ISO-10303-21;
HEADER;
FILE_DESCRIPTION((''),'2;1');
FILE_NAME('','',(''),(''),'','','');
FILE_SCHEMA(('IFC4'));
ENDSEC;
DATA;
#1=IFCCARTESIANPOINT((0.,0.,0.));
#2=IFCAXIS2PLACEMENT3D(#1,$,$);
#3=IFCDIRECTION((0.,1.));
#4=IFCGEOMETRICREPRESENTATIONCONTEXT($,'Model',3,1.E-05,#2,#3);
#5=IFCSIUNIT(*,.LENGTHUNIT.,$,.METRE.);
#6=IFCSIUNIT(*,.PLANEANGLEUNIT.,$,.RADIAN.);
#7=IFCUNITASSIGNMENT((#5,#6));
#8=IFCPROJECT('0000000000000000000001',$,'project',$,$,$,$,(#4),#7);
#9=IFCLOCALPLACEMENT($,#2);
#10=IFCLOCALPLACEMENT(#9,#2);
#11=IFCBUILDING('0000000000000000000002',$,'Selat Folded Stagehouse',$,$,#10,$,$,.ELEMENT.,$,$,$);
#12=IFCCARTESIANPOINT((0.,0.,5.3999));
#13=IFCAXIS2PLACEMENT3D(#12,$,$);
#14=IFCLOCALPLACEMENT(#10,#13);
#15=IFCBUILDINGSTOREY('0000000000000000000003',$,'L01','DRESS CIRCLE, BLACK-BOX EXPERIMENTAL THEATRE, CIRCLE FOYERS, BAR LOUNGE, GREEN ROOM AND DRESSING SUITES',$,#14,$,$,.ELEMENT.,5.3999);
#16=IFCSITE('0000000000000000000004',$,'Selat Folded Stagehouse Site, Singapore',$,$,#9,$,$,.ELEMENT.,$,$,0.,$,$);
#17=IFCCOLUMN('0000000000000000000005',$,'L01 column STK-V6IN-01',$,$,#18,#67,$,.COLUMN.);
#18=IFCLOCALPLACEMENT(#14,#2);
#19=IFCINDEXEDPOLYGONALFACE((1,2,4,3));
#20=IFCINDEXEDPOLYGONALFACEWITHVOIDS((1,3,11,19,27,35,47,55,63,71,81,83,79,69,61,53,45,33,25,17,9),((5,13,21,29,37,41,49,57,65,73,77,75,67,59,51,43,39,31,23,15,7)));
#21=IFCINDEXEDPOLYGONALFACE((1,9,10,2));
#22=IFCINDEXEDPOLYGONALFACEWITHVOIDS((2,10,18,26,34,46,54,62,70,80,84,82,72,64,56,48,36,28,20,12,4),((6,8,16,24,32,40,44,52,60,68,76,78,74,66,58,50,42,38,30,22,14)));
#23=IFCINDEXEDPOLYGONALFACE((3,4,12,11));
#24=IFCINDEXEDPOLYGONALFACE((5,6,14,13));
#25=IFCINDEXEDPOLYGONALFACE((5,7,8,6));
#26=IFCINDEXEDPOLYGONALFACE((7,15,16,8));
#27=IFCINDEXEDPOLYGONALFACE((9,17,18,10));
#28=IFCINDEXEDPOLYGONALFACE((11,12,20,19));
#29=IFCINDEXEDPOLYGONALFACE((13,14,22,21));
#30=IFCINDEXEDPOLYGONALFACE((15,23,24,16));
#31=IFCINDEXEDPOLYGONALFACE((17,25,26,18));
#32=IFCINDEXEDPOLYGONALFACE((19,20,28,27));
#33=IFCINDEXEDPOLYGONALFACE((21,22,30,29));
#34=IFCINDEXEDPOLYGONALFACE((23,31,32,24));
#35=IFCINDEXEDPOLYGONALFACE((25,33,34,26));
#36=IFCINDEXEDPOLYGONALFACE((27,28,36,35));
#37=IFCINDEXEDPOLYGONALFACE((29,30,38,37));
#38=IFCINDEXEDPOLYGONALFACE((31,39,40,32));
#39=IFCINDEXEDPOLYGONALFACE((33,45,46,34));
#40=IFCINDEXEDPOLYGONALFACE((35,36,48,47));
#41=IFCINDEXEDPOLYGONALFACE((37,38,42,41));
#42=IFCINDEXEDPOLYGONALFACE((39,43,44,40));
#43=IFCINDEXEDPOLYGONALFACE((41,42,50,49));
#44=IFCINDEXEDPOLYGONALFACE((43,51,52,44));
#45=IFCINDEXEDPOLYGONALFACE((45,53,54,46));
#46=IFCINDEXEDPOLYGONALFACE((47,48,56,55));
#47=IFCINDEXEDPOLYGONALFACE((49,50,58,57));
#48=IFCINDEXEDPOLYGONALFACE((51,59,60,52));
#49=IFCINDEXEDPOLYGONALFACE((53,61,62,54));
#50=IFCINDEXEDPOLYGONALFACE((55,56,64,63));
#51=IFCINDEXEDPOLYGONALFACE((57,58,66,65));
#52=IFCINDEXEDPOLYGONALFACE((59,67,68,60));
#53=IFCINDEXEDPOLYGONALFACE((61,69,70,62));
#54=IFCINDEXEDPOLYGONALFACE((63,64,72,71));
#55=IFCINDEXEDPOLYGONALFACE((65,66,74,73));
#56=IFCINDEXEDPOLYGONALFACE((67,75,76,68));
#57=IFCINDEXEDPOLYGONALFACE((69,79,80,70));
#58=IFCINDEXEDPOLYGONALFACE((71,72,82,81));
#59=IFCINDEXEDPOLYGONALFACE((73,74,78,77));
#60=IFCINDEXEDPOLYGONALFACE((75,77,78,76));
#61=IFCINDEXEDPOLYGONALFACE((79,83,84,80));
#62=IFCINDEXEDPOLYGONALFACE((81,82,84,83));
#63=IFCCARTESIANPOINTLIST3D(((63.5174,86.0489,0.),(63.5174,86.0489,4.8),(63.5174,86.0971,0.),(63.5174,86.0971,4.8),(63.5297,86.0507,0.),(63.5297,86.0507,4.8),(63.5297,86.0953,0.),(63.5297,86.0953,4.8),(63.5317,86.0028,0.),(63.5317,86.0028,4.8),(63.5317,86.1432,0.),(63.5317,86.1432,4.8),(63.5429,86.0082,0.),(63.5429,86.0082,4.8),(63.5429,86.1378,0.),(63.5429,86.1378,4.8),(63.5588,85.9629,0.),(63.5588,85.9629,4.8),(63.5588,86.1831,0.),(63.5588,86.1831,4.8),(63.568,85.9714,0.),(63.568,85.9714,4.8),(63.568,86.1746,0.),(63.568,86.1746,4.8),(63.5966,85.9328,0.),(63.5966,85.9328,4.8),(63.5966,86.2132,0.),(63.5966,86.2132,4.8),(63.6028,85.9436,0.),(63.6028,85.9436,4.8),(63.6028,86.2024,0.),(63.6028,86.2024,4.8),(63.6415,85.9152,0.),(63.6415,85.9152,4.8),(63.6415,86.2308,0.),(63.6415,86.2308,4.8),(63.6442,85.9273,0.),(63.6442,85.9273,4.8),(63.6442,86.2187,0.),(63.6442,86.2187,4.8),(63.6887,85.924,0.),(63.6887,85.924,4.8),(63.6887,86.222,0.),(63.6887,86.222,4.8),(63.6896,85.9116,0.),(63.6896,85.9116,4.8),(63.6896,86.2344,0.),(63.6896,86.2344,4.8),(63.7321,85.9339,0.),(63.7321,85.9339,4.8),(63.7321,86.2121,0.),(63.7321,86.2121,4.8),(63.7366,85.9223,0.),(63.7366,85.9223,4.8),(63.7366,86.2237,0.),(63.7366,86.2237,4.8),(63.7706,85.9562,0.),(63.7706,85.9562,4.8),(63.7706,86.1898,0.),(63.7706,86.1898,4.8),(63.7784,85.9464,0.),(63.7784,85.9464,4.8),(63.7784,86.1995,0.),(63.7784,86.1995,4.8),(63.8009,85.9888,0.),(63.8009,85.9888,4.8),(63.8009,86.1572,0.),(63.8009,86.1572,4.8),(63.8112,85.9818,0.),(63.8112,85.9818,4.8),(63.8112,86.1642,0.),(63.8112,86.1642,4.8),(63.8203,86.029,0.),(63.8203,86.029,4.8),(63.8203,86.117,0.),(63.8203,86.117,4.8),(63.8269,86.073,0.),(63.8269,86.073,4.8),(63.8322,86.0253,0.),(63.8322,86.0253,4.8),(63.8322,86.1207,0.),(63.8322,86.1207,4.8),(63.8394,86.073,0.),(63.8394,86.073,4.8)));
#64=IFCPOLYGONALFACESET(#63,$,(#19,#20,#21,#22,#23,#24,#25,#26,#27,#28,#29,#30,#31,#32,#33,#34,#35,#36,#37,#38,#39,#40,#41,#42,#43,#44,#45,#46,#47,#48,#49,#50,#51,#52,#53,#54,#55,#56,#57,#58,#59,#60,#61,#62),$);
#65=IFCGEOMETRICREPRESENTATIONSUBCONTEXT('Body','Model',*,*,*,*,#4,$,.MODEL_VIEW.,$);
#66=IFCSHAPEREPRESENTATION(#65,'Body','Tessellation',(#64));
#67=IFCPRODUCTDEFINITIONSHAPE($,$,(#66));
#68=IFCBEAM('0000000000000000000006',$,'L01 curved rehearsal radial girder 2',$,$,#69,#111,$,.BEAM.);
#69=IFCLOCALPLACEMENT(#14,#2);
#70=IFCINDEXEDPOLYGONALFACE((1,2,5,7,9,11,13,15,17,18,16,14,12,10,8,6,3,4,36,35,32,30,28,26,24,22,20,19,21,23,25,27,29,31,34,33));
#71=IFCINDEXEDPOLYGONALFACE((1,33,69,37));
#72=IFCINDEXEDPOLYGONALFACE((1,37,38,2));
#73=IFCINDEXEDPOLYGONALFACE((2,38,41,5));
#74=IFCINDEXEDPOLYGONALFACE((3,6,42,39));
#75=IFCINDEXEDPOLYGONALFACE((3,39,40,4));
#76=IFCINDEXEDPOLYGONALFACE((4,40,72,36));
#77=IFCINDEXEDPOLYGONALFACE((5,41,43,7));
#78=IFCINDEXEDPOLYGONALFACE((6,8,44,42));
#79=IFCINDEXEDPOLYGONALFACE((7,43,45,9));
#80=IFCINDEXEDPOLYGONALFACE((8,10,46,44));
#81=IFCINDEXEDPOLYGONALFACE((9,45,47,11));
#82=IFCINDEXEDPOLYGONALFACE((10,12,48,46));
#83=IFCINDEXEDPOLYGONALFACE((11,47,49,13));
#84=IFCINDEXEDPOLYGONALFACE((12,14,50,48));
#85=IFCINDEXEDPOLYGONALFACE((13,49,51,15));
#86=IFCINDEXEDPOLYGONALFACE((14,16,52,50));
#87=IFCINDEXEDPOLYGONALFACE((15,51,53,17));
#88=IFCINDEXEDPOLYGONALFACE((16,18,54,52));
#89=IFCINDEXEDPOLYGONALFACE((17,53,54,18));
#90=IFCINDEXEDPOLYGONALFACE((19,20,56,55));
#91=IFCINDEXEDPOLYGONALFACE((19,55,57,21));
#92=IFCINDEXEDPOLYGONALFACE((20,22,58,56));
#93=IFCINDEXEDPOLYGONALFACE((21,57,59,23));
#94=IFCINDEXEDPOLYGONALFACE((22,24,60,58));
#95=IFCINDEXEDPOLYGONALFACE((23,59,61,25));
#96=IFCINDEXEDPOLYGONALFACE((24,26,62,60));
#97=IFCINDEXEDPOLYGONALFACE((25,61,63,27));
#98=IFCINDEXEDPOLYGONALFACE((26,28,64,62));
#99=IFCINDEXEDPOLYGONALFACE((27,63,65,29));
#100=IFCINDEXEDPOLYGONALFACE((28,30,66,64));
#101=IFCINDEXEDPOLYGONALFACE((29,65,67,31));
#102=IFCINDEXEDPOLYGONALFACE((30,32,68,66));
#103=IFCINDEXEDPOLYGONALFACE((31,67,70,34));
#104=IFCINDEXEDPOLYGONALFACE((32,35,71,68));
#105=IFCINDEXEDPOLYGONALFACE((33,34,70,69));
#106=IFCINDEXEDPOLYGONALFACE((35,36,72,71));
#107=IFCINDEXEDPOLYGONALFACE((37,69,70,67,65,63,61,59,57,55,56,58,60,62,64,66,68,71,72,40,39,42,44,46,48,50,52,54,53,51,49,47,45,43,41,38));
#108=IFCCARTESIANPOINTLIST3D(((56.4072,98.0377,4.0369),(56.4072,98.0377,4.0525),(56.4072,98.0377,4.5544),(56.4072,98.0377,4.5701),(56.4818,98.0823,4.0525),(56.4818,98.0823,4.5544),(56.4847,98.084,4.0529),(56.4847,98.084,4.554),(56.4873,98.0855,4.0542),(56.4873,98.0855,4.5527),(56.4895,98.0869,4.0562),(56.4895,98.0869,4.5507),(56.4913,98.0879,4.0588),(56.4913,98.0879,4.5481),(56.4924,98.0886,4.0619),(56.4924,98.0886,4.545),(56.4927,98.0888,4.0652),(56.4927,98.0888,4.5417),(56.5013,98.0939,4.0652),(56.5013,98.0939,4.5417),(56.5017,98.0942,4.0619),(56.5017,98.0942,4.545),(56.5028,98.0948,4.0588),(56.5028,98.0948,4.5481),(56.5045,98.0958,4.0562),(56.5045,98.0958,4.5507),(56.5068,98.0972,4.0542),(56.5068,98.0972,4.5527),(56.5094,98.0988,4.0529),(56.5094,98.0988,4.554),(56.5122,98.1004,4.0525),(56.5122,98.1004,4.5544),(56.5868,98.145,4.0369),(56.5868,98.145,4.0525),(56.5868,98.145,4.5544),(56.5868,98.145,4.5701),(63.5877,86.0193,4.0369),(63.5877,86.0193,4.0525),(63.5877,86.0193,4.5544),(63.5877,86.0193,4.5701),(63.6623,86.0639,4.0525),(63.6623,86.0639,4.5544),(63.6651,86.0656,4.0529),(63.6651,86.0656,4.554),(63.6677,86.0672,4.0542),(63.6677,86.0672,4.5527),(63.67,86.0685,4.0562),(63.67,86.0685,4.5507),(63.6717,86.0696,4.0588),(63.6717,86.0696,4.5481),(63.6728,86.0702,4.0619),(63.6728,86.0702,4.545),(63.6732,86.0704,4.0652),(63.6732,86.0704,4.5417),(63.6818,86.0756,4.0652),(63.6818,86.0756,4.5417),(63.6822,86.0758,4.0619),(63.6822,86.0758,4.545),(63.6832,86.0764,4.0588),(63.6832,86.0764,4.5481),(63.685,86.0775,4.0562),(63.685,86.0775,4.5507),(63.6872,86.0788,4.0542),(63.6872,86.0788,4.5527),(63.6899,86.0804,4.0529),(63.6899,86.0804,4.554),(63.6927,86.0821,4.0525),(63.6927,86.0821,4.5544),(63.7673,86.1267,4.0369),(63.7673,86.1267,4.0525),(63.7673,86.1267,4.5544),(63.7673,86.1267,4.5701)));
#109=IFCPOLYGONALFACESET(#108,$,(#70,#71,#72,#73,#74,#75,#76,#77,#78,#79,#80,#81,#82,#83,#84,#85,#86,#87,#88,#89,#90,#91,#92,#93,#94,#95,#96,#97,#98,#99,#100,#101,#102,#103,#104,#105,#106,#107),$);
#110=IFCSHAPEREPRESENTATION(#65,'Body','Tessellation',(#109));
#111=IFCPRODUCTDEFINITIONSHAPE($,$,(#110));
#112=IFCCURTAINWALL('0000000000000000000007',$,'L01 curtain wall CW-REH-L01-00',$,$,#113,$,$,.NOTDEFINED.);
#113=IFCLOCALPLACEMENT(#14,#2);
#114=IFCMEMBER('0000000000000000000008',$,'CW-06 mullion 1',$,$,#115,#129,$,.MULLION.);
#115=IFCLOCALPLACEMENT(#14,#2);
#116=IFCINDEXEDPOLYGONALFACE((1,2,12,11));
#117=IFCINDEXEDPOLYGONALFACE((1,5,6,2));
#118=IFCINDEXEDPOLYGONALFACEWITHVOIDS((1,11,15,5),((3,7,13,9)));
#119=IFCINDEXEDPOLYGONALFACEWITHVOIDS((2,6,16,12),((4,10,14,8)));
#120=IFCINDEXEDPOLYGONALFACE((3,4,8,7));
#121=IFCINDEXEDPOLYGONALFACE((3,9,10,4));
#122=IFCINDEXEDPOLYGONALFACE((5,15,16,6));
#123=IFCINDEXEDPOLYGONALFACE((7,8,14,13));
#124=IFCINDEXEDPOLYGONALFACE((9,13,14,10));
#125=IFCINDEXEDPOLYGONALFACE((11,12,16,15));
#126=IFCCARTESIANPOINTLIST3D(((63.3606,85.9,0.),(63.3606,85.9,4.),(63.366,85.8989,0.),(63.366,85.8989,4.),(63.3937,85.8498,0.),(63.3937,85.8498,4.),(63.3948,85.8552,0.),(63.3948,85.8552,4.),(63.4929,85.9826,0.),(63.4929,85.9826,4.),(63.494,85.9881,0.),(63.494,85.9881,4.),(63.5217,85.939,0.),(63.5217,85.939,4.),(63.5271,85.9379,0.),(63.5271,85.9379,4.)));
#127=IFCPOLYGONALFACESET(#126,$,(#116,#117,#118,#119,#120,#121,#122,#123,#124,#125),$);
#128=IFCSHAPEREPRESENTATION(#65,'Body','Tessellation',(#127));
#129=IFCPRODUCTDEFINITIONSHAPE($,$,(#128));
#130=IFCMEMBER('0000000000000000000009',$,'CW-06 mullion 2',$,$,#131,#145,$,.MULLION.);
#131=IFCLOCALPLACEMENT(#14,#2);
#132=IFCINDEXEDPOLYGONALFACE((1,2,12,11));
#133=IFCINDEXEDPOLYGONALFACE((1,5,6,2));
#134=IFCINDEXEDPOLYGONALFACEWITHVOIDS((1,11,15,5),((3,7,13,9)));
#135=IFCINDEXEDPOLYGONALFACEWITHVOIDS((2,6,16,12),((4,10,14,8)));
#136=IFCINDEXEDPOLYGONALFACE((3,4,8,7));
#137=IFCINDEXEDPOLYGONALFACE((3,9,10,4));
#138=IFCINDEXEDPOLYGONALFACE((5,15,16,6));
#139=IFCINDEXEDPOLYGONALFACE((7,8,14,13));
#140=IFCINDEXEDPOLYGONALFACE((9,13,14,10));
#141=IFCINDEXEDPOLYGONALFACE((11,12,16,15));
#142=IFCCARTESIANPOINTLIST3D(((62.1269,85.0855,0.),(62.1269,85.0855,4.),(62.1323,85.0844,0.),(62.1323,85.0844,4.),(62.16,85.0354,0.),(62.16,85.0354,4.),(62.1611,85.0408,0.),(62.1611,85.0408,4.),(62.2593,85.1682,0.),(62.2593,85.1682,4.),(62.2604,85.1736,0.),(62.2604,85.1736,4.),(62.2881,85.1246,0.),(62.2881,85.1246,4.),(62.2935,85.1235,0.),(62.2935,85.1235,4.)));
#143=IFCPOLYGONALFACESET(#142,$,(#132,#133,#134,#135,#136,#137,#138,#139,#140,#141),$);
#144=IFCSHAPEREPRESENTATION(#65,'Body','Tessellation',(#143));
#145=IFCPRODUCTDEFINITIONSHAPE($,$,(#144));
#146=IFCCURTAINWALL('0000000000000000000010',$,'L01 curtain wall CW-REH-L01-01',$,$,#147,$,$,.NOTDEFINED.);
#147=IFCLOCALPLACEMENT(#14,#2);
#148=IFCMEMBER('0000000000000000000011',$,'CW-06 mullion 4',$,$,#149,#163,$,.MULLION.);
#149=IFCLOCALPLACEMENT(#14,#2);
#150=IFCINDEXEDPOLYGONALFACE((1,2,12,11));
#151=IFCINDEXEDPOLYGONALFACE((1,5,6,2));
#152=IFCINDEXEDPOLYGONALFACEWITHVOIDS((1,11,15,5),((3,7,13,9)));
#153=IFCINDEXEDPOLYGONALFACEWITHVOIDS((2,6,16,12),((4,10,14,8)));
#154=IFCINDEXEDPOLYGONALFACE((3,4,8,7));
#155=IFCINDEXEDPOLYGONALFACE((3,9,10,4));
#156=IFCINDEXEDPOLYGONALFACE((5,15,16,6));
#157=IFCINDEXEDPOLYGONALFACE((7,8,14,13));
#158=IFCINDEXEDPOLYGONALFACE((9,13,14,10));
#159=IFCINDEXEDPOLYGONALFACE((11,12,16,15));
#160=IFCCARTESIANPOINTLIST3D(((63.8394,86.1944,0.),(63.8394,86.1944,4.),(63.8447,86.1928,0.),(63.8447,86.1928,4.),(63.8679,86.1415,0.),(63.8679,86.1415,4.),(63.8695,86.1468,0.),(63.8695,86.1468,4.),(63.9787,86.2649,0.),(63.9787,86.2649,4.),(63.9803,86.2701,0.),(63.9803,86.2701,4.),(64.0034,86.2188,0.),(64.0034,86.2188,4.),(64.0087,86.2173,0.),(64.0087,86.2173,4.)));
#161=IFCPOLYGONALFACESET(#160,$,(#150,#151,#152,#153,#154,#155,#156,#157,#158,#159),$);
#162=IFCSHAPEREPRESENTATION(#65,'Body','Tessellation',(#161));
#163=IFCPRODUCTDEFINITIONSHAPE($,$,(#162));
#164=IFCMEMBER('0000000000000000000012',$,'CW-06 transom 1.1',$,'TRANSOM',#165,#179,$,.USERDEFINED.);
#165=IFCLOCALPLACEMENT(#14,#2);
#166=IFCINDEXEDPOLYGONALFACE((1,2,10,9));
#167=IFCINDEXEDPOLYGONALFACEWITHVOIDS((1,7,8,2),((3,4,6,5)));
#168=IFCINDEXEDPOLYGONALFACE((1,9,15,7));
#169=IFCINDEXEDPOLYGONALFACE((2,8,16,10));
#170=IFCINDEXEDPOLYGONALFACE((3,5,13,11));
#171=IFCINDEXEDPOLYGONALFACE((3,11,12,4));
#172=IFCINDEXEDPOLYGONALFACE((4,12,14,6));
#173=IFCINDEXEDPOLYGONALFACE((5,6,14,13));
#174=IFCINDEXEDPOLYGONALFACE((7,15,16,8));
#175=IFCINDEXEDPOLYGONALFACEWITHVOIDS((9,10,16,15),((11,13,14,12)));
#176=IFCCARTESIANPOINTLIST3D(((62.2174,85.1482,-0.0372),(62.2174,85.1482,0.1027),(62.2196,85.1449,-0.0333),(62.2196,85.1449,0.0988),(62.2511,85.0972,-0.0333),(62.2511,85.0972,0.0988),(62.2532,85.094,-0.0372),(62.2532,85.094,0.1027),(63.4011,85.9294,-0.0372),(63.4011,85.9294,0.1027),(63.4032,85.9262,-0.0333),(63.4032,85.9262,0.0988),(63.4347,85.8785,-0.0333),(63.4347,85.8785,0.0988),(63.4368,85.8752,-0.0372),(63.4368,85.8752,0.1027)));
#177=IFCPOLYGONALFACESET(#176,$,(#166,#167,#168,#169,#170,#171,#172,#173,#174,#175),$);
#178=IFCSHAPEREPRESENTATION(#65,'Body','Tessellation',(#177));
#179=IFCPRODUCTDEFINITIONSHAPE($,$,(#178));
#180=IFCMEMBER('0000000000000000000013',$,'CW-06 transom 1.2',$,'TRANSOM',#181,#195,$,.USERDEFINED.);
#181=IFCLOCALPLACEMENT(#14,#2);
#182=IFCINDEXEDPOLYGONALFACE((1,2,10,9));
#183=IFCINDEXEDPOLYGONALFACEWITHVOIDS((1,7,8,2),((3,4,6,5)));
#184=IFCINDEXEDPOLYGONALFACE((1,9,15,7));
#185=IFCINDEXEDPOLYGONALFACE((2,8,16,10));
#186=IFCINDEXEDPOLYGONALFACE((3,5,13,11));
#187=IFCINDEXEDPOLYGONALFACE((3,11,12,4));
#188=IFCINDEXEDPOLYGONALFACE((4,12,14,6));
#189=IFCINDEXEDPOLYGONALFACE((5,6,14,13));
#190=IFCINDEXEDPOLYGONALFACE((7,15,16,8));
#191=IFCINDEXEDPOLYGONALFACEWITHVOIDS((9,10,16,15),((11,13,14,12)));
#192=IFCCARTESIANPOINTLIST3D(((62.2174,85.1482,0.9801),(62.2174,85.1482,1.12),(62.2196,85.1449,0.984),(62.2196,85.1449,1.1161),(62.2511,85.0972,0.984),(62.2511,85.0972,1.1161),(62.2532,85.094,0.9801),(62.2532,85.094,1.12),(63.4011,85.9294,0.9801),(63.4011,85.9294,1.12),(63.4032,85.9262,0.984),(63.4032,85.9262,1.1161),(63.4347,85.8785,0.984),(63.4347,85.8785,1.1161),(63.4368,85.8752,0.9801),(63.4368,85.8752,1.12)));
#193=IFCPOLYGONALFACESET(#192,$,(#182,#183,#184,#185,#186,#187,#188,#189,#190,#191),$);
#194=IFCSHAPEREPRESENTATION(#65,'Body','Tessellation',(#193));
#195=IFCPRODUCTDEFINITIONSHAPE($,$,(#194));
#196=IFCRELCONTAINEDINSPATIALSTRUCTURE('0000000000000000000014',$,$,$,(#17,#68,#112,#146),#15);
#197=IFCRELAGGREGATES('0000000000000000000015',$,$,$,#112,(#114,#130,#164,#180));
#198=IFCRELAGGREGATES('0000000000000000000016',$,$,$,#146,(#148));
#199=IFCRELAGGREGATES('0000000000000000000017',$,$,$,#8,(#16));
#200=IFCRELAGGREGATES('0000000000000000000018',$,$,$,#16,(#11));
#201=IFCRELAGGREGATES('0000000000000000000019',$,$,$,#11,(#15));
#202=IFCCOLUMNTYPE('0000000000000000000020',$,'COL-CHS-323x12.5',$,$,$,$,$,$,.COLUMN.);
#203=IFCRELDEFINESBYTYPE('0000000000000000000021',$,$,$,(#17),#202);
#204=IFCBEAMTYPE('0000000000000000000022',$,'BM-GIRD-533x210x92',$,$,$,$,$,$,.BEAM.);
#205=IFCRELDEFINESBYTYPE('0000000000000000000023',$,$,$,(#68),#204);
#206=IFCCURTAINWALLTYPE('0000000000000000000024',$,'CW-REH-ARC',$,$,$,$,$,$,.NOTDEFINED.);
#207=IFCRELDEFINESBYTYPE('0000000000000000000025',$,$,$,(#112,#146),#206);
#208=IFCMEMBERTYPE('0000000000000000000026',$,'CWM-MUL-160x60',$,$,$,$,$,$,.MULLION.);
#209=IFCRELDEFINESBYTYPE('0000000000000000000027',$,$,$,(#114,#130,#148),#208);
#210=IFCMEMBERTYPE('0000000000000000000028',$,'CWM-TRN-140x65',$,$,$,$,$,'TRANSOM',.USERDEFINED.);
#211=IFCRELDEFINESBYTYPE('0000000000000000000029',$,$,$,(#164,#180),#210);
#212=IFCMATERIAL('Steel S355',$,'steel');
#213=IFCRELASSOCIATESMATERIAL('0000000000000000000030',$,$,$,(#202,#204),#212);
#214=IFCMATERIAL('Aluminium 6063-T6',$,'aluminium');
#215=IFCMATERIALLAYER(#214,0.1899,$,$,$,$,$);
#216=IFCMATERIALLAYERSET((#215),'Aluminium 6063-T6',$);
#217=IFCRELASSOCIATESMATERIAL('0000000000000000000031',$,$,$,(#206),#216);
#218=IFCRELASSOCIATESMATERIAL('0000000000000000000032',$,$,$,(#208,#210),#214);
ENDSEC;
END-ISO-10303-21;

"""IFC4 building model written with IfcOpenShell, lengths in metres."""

from ifc_helpers import new_model, si_unit, direction, frame, origin, origin_2d, place, context, subcontext, project, spatial, hollow_rectangle, hollow_circle, i_section, extrude, material, layer, layer_set, material_profile, profile_set, type_object, element, aggregate, save


model = new_model("IFC4")

# Units and contexts
model_context = context("Model", 3, precision=1e-05, world=origin(), true_north=direction((0.0, 1.0)))
body_context = subcontext(model_context, "Body", "Model", "MODEL_VIEW")
ifc_project = project(units=[si_unit("LENGTHUNIT", "METRE"), si_unit("PLANEANGLEUNIT", "RADIAN")], contexts=[model_context])

# Site, building, storey
site_placement = place(None, origin())
site = spatial("IfcSite", under=ifc_project, at=site_placement, Name="Selat Folded Stagehouse Site, Singapore", CompositionType="ELEMENT", RefElevation=0.0)
building_placement = place(site_placement, origin())
building = spatial("IfcBuilding", under=site, at=building_placement, Name="Selat Folded Stagehouse", CompositionType="ELEMENT")
storey_placement = place(building_placement, frame((0.0, 0.0, 5.3999)))
storey = spatial("IfcBuildingStorey", under=building, at=storey_placement, Name="L01", Description="DRESS CIRCLE, BLACK-BOX EXPERIMENTAL THEATRE, CIRCLE FOYERS, BAR LOUNGE, GREEN ROOM AND DRESSING SUITES", CompositionType="ELEMENT", Elevation=5.3999)

# Column
ifc_material_1 = material(Name="Steel S355", Category="steel")
ifc_material_profile_1 = material_profile(ifc_material_1, hollow_circle(Radius=0.1619, WallThickness=0.0125, at=origin_2d()), Name="CHS 323.9x12.5")
ifc_profile_set_1 = profile_set([ifc_material_profile_1], Name="Steel S355")
column_type = type_object("IfcColumnType", Name="COL-CHS-323x12.5", PredefinedType="COLUMN", material=ifc_profile_set_1)
column_placement = place(storey_placement, frame((63.6775, 86.073, 0.0), z_axis=(0.0, 0.0, 1.0), x_axis=(1.0, 0.0, 0.0)))
element("IfcColumn", 1, at=column_placement, inside=storey, type_object=column_type, Name="L01 column STK-V6IN-01", PredefinedType="COLUMN", context=body_context, shape_type="SweptSolid", body=[
    extrude(hollow_circle(Radius=0.1619, WallThickness=0.0125, at=origin_2d()), origin(), (0.0, 0.0, 1.0), 4.8),
])

# Beam
ifc_material_profile_2 = material_profile(ifc_material_1, i_section(OverallWidth=0.2092, OverallDepth=0.5332, WebThickness=0.01, FlangeThickness=0.0156, FilletRadius=0.0127, at=origin_2d()), Name="UKB 533x210x92")
ifc_profile_set_2 = profile_set([ifc_material_profile_2], Name="Steel S355")
beam_type_1 = type_object("IfcBeamType", Name="BM-GIRD-533x210x92", PredefinedType="BEAM", material=ifc_profile_set_2)
beam_1_placement = place(storey_placement, frame((63.6775, 86.073, 4.3035), z_axis=(-0.512889, 0.858455, 0.0), x_axis=(-0.858455, -0.512889, 0.0)))
element("IfcBeam", 2, at=beam_1_placement, inside=storey, type_object=beam_type_1, Name="L01 curved rehearsal radial girder 2", PredefinedType="BEAM", context=body_context, shape_type="SweptSolid", body=[
    extrude(i_section(OverallWidth=0.2092, OverallDepth=0.5332, WebThickness=0.01, FlangeThickness=0.0156, FilletRadius=0.0127, at=origin_2d()), origin(), (0.0, 0.0, 1.0), 14.0),
])

# Curtain wall, members
ifc_material_2 = material(Name="Aluminium 6063-T6", Category="aluminium")
ifc_layer_1 = layer(ifc_material_2, 0.1899)
ifc_layer_set_1 = layer_set([ifc_layer_1], Name="Aluminium 6063-T6")
curtain_wall_type = type_object("IfcCurtainWallType", Name="CW-REH-ARC", PredefinedType="NOTDEFINED", material=ifc_layer_set_1)
curtain_wall_1_placement = place(storey_placement, origin())
curtain_wall_1 = element("IfcCurtainWall", 3, at=curtain_wall_1_placement, inside=storey, type_object=curtain_wall_type, Name="L01 curtain wall CW-REH-L01-00", PredefinedType="NOTDEFINED")
ifc_material_profile_3 = material_profile(ifc_material_2, hollow_rectangle(XDim=0.0601, YDim=0.1599, WallThickness=0.0039, at=origin_2d()), Name="ALU 160x60x4.0")
ifc_profile_set_3 = profile_set([ifc_material_profile_3], Name="Aluminium 6063-T6")
member_type_1 = type_object("IfcMemberType", Name="CWM-MUL-160x60", PredefinedType="MULLION", material=ifc_profile_set_3)
member_1_placement = place(storey_placement, frame((63.4438, 85.9189, 0.0), z_axis=(0.0, 0.0, 1.0), x_axis=(0.550885, -0.834581, 0.0)))
member_1 = element("IfcMember", 4, at=member_1_placement, type_object=member_type_1, Name="CW-06 mullion 1", PredefinedType="MULLION", context=body_context, shape_type="SweptSolid", body=[
    extrude(hollow_rectangle(XDim=0.0601, YDim=0.1599, WallThickness=0.0039, at=origin_2d()), origin(), (0.0, 0.0, 1.0), 4.0),
])
member_2_placement = place(storey_placement, frame((62.2102, 85.1045, 0.0), z_axis=(0.0, 0.0, 1.0), x_axis=(0.550885, -0.834581, 0.0)))
member_2 = element("IfcMember", 5, at=member_2_placement, type_object=member_type_1, Name="CW-06 mullion 2", PredefinedType="MULLION", context=body_context, shape_type="SweptSolid", body=[
    extrude(hollow_rectangle(XDim=0.0601, YDim=0.1599, WallThickness=0.0039, at=origin_2d()), origin(), (0.0, 0.0, 1.0), 4.0),
])

# Curtain wall, member
curtain_wall_2_placement = place(storey_placement, origin())
curtain_wall_2 = element("IfcCurtainWall", 6, at=curtain_wall_2_placement, inside=storey, type_object=curtain_wall_type, Name="L01 curtain wall CW-REH-L01-01", PredefinedType="NOTDEFINED")
member_3_placement = place(storey_placement, frame((63.9241, 86.2058, 0.0), z_axis=(0.0, 0.0, 1.0), x_axis=(0.473859, -0.880601, 0.0)))
member_3 = element("IfcMember", 7, at=member_3_placement, type_object=member_type_1, Name="CW-06 mullion 4", PredefinedType="MULLION", context=body_context, shape_type="SweptSolid", body=[
    extrude(hollow_rectangle(XDim=0.0601, YDim=0.1599, WallThickness=0.0039, at=origin_2d()), origin(), (0.0, 0.0, 1.0), 4.0),
])

# Members
ifc_material_profile_4 = material_profile(ifc_material_2, hollow_rectangle(XDim=0.0649, YDim=0.1399, WallThickness=0.0039, at=origin_2d()), Name="ALU 140x65x4.0")
ifc_profile_set_4 = profile_set([ifc_material_profile_4], Name="Aluminium 6063-T6")
member_type_2 = type_object("IfcMemberType", Name="CWM-TRN-140x65", ElementType="TRANSOM", PredefinedType="USERDEFINED", material=ifc_profile_set_4)
member_4_placement = place(storey_placement, frame((63.4189, 85.9023, 0.0327), z_axis=(-0.834584, -0.550881, 0.0), x_axis=(0.550881, -0.834584, 0.0)))
member_4 = element("IfcMember", 8, at=member_4_placement, type_object=member_type_2, Name="CW-06 transom 1.1", ObjectType="TRANSOM", PredefinedType="USERDEFINED", context=body_context, shape_type="SweptSolid", body=[
    extrude(hollow_rectangle(XDim=0.0649, YDim=0.1399, WallThickness=0.0039, at=origin_2d()), origin(), (0.0, 0.0, 1.0), 1.4182),
])
member_5_placement = place(storey_placement, frame((63.4189, 85.9023, 1.05), z_axis=(-0.834584, -0.550881, 0.0), x_axis=(0.550881, -0.834584, 0.0)))
member_5 = element("IfcMember", 9, at=member_5_placement, type_object=member_type_2, Name="CW-06 transom 1.2", ObjectType="TRANSOM", PredefinedType="USERDEFINED", context=body_context, shape_type="SweptSolid", body=[
    extrude(hollow_rectangle(XDim=0.0649, YDim=0.1399, WallThickness=0.0039, at=origin_2d()), origin(), (0.0, 0.0, 1.0), 1.4182),
])

aggregate(curtain_wall_1, [member_1, member_2, member_4, member_5])
aggregate(curtain_wall_2, [member_3])

save(model, "model.ifc")
